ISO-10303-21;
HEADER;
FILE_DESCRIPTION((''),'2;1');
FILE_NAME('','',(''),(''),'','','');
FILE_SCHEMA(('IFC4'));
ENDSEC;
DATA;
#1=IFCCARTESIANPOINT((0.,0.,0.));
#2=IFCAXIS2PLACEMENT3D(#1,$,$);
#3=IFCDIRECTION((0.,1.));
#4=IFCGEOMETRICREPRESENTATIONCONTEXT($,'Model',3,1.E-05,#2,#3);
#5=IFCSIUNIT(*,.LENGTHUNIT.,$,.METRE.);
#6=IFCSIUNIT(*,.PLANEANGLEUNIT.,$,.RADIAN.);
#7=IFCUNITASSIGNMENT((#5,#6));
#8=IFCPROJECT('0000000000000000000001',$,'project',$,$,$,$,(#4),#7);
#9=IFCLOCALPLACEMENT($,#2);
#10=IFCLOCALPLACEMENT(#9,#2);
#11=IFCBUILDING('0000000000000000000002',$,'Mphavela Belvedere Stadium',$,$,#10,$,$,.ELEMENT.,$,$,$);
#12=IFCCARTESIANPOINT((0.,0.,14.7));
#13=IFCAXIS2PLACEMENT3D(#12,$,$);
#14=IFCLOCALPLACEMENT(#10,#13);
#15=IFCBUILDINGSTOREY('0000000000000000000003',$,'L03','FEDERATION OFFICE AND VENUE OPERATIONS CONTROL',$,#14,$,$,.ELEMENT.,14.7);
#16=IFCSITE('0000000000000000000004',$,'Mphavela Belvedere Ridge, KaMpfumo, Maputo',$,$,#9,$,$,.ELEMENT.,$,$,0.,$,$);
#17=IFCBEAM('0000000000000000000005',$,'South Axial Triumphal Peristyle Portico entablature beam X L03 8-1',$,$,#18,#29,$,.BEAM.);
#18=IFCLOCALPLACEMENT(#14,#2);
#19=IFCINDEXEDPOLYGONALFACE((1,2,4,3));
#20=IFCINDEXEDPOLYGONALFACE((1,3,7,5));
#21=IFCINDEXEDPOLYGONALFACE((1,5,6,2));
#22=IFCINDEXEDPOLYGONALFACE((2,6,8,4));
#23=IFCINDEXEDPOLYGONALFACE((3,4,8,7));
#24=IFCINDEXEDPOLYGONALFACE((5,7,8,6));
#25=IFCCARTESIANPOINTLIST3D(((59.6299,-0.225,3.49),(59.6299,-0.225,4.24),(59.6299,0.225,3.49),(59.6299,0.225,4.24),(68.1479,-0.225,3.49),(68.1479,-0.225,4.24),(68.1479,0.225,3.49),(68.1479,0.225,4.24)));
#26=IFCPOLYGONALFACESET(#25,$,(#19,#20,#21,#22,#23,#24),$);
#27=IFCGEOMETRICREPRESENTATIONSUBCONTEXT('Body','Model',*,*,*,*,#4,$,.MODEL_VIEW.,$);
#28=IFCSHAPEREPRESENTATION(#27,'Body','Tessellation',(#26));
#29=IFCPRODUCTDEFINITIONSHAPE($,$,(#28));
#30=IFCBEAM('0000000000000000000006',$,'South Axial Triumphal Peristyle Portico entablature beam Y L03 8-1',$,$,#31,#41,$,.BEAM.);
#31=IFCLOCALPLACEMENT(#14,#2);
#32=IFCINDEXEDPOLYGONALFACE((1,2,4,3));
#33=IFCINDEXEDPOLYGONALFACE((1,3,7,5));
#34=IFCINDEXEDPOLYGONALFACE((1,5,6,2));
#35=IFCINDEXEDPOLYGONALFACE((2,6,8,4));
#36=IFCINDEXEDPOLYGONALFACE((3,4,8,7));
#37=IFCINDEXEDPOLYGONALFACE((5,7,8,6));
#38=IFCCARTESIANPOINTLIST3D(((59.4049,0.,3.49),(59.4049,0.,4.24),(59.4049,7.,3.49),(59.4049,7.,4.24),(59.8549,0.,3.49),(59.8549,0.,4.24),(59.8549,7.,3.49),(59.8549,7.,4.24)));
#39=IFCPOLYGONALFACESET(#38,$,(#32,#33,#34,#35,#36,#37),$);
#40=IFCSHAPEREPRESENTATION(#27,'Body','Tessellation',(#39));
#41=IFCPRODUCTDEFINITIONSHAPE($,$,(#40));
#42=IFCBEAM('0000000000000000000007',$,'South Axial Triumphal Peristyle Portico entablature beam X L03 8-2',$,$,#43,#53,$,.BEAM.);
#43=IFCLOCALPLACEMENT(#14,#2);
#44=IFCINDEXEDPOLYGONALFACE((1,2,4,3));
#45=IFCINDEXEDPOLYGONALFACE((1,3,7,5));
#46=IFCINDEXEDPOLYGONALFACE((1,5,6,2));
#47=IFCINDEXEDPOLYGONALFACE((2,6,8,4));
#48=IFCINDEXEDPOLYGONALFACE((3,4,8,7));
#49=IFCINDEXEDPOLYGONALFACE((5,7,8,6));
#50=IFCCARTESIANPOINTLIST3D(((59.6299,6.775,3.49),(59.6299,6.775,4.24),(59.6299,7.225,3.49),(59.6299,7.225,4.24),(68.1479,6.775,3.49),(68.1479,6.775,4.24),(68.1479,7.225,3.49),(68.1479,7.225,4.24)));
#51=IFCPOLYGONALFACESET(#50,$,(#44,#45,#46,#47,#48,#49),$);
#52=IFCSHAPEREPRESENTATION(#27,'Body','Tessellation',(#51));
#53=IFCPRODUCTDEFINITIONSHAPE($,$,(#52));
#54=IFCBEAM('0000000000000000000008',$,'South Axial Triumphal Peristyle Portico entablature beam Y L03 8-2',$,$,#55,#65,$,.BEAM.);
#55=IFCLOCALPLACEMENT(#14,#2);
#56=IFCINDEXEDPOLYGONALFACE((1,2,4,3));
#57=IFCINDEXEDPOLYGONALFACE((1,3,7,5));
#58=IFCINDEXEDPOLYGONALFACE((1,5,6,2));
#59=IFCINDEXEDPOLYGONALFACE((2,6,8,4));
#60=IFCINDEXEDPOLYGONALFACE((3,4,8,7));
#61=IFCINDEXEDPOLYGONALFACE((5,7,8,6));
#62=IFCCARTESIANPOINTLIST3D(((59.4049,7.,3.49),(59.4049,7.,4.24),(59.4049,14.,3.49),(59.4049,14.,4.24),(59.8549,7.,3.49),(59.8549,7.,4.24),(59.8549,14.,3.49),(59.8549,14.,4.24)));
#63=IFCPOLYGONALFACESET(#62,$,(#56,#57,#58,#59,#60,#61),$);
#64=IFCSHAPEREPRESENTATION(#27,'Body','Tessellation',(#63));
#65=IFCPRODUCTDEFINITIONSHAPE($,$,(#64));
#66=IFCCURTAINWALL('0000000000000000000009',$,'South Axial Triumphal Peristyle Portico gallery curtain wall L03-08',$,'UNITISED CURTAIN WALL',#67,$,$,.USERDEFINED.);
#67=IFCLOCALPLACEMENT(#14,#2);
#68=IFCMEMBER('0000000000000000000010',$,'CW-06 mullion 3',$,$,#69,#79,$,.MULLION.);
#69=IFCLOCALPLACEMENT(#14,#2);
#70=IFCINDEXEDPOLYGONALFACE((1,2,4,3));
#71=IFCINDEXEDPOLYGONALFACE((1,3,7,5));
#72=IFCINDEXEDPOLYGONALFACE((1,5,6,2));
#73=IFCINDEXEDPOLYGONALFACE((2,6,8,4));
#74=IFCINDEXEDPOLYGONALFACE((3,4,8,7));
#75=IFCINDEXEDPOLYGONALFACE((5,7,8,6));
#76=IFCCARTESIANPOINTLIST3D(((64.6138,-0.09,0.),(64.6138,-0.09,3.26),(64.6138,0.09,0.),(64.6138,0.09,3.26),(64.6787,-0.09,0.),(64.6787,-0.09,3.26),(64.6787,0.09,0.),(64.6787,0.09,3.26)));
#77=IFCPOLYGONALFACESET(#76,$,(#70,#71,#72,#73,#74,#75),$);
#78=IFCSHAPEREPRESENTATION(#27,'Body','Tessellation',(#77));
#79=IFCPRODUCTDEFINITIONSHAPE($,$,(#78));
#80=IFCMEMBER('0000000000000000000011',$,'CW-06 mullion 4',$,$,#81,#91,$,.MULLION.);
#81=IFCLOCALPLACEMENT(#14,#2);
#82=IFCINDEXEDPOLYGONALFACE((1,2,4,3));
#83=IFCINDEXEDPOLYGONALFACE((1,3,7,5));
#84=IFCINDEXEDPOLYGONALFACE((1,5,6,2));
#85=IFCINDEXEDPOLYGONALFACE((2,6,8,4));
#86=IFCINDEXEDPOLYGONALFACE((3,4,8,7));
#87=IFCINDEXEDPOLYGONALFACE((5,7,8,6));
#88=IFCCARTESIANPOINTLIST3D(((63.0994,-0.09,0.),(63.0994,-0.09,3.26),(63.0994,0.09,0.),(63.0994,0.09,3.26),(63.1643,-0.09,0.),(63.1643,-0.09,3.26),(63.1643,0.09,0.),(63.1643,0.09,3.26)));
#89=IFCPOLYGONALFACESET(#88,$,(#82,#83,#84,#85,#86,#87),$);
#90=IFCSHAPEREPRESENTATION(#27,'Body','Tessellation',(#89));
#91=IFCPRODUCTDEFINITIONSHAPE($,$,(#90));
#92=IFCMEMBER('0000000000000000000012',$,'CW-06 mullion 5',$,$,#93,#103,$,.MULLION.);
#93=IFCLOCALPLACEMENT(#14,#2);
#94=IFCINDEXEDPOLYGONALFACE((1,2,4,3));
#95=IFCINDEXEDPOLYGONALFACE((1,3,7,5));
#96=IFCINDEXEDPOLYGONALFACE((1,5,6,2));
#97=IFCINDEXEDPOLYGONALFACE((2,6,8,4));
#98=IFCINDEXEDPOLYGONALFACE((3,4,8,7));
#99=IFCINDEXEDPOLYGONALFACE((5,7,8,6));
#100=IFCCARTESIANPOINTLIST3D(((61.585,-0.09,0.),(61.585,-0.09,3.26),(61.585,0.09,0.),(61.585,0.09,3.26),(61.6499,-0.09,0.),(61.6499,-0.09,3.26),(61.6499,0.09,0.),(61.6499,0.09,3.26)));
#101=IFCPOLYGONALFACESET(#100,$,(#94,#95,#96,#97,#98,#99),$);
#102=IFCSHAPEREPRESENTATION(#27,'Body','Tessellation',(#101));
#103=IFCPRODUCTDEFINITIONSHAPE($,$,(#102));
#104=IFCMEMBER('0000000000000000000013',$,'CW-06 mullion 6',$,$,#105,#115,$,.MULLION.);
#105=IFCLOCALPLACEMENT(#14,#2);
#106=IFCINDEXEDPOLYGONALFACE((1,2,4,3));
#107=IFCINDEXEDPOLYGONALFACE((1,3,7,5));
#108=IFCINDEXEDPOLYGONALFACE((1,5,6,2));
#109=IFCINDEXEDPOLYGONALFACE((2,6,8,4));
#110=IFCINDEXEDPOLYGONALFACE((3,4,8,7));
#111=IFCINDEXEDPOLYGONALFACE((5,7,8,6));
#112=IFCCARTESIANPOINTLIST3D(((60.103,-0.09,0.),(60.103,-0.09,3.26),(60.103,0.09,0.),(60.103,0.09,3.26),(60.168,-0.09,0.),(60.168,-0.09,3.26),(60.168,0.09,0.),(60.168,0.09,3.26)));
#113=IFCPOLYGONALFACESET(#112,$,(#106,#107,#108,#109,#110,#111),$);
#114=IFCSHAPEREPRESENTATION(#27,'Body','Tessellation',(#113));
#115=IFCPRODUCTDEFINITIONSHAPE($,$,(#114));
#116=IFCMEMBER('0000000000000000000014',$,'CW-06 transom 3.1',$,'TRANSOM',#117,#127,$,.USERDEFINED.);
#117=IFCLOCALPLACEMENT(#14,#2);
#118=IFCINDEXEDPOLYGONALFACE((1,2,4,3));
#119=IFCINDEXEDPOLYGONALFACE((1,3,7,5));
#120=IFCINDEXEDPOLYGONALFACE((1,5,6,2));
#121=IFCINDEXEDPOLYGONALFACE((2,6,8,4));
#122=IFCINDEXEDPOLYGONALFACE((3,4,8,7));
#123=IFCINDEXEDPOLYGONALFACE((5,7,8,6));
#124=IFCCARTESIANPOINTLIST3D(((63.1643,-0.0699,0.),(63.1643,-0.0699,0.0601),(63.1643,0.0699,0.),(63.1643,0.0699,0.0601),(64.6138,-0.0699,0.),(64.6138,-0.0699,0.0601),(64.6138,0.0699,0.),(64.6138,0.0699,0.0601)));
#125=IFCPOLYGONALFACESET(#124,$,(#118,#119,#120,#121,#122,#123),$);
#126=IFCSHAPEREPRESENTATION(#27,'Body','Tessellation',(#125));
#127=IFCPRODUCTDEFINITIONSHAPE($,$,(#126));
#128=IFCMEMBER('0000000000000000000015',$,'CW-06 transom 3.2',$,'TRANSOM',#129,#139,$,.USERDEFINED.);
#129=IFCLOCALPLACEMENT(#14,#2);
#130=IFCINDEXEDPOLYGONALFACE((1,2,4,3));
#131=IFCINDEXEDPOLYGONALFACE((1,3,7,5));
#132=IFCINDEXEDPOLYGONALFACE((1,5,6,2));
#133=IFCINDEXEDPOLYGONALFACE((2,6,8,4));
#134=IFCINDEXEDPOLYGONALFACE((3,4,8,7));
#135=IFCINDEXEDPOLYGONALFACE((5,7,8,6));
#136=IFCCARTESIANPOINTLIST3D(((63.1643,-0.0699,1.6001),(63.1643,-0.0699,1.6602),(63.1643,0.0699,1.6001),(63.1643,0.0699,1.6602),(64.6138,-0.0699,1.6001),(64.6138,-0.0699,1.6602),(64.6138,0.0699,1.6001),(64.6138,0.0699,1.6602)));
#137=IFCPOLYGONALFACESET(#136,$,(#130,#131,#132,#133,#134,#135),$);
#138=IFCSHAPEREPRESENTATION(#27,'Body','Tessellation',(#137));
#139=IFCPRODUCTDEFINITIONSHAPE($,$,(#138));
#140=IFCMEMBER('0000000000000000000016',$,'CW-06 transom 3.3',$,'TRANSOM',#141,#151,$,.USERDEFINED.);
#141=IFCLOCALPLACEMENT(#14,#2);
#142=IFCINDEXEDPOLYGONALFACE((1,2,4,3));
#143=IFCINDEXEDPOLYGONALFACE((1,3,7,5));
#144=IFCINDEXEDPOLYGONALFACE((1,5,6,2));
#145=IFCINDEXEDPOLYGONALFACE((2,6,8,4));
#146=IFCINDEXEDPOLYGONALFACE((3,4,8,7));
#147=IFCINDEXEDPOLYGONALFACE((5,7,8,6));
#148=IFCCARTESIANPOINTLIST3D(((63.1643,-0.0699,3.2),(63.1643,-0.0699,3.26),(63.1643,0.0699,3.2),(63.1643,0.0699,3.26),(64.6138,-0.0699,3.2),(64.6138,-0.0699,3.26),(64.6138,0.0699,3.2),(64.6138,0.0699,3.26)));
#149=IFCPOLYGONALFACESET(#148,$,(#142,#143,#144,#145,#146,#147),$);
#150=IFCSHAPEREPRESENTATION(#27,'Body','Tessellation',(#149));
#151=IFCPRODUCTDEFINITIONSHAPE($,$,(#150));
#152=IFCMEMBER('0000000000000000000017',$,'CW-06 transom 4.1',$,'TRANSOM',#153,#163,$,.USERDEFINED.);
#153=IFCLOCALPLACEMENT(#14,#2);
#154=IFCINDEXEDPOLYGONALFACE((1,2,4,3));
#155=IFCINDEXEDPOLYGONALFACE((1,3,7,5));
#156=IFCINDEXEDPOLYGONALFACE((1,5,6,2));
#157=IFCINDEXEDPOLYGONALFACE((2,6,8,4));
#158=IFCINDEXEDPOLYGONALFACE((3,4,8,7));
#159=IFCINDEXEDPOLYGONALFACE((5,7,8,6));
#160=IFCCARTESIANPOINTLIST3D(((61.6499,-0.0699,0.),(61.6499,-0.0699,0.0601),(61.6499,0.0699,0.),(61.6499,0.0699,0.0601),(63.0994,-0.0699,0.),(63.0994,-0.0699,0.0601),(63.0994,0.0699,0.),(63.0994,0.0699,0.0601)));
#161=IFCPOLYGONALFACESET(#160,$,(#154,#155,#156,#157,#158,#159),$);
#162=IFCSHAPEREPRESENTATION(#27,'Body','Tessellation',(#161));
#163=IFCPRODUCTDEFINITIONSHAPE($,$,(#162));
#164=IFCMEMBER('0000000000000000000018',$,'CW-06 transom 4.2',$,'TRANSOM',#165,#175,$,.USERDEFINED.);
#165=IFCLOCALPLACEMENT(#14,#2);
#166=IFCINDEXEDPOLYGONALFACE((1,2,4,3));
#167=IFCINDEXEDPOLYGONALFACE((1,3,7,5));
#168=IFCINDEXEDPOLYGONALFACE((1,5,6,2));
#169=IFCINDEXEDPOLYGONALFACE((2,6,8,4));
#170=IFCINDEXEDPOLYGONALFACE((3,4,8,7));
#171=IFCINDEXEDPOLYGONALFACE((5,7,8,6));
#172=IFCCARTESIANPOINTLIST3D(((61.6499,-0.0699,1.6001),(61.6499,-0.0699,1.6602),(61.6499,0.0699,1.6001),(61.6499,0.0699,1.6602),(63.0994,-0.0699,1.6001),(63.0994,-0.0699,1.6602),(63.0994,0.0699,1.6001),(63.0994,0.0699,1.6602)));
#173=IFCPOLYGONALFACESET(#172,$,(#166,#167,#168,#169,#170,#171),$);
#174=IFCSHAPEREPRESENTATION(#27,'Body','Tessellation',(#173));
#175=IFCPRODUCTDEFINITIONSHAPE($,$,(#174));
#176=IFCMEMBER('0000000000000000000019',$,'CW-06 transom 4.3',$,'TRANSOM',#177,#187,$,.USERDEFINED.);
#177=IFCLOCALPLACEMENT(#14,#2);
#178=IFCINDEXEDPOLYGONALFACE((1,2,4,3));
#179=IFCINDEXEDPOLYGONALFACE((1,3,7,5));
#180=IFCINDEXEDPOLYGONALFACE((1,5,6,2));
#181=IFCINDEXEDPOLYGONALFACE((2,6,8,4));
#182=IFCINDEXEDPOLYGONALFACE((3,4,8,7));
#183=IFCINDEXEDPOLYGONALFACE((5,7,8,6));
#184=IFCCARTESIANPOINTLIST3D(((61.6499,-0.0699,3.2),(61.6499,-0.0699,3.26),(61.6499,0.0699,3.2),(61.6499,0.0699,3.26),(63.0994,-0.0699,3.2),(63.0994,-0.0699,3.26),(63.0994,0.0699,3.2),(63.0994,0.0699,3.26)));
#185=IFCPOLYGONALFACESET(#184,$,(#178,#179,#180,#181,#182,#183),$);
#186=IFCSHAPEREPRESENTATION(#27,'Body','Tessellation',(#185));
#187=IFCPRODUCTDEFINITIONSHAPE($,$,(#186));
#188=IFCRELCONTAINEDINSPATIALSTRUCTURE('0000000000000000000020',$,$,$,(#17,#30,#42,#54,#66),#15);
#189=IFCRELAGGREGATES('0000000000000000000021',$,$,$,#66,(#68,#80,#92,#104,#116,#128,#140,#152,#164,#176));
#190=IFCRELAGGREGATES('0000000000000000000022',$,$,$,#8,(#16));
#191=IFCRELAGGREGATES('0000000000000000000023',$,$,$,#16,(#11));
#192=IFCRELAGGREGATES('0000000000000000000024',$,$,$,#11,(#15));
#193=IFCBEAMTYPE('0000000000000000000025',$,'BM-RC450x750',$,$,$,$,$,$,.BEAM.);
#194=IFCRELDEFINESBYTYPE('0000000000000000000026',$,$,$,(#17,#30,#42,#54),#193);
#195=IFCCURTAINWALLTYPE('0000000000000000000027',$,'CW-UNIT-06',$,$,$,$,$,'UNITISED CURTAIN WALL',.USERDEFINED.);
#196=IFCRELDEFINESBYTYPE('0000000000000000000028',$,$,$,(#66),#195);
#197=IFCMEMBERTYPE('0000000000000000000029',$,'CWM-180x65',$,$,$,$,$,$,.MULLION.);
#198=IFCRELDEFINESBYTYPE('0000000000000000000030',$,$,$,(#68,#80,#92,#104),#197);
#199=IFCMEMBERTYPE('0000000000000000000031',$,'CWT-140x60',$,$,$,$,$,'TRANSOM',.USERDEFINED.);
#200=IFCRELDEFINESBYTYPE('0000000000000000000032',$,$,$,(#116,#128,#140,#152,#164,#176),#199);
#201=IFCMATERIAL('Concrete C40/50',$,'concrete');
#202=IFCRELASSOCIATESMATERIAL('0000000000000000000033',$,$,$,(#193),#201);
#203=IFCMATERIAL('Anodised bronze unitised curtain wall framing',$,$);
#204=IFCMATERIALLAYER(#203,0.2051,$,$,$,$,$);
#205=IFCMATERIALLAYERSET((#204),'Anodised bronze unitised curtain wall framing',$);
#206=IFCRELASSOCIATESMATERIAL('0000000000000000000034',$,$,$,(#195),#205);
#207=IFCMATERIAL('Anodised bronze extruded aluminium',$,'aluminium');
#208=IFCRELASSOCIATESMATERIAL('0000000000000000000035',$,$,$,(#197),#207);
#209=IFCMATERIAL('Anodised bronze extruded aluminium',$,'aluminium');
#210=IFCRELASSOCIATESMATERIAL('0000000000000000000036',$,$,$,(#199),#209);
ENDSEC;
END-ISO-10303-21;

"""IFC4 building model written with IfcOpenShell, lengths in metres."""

from ifc_helpers import new_model, si_unit, direction, frame, origin, origin_2d, place, context, subcontext, project, spatial, rectangle, extrude, material, layer, layer_set, material_profile, profile_set, type_object, element, aggregate, save


model = new_model("IFC4")

# Units and contexts
model_context = context("Model", 3, precision=1e-05, world=origin(), true_north=direction((0.0, 1.0)))
body_context = subcontext(model_context, "Body", "Model", "MODEL_VIEW")
ifc_project = project(units=[si_unit("LENGTHUNIT", "METRE"), si_unit("PLANEANGLEUNIT", "RADIAN")], contexts=[model_context])

# Site, building, storey
site_placement = place(None, origin())
site = spatial("IfcSite", under=ifc_project, at=site_placement, Name="Mphavela Belvedere Ridge, KaMpfumo, Maputo", CompositionType="ELEMENT", RefElevation=0.0)
building_placement = place(site_placement, origin())
building = spatial("IfcBuilding", under=site, at=building_placement, Name="Mphavela Belvedere Stadium", CompositionType="ELEMENT")
storey_placement = place(building_placement, frame((0.0, 0.0, 14.7)))
storey = spatial("IfcBuildingStorey", under=building, at=storey_placement, Name="L03", Description="FEDERATION OFFICE AND VENUE OPERATIONS CONTROL", CompositionType="ELEMENT", Elevation=14.7)

# Beams
ifc_material_1 = material(Name="Concrete C40/50", Category="concrete")
ifc_material_profile_1 = material_profile(ifc_material_1, rectangle(XDim=0.45, YDim=0.75, at=origin_2d()), Name="RC 450x750")
ifc_profile_set_1 = profile_set([ifc_material_profile_1], Name="Concrete C40/50")
beam_type_1 = type_object("IfcBeamType", Name="BM-RC450x750", PredefinedType="BEAM", material=ifc_profile_set_1)
beam_1_placement = place(storey_placement, frame((59.6299, 0.0, 3.865), z_axis=(1.0, 0.0, 0.0), x_axis=(0.0, 1.0, 0.0)))
element("IfcBeam", 1, at=beam_1_placement, inside=storey, type_object=beam_type_1, Name="South Axial Triumphal Peristyle Portico entablature beam X L03 8-1", PredefinedType="BEAM", context=body_context, shape_type="SweptSolid", body=[
    extrude(rectangle(XDim=0.45, YDim=0.75, at=origin_2d()), origin(), (0.0, 0.0, 1.0), 8.5181),
])
beam_2_placement = place(storey_placement, frame((59.6299, 0.0, 3.865), z_axis=(0.0, 1.0, 0.0), x_axis=(-1.0, 0.0, 0.0)))
element("IfcBeam", 2, at=beam_2_placement, inside=storey, type_object=beam_type_1, Name="South Axial Triumphal Peristyle Portico entablature beam Y L03 8-1", PredefinedType="BEAM", context=body_context, shape_type="SweptSolid", body=[
    extrude(rectangle(XDim=0.45, YDim=0.75, at=origin_2d()), origin(), (0.0, 0.0, 1.0), 7.0),
])
beam_3_placement = place(storey_placement, frame((59.6299, 7.0, 3.865), z_axis=(1.0, 0.0, 0.0), x_axis=(0.0, 1.0, 0.0)))
element("IfcBeam", 3, at=beam_3_placement, inside=storey, type_object=beam_type_1, Name="South Axial Triumphal Peristyle Portico entablature beam X L03 8-2", PredefinedType="BEAM", context=body_context, shape_type="SweptSolid", body=[
    extrude(rectangle(XDim=0.45, YDim=0.75, at=origin_2d()), origin(), (0.0, 0.0, 1.0), 8.5181),
])
beam_4_placement = place(storey_placement, frame((59.6299, 7.0, 3.865), z_axis=(0.0, 1.0, 0.0), x_axis=(-1.0, 0.0, 0.0)))
element("IfcBeam", 4, at=beam_4_placement, inside=storey, type_object=beam_type_1, Name="South Axial Triumphal Peristyle Portico entablature beam Y L03 8-2", PredefinedType="BEAM", context=body_context, shape_type="SweptSolid", body=[
    extrude(rectangle(XDim=0.45, YDim=0.75, at=origin_2d()), origin(), (0.0, 0.0, 1.0), 7.0),
])

# Curtain wall, members
ifc_material_2 = material(Name="Anodised bronze unitised curtain wall framing")
ifc_layer_1 = layer(ifc_material_2, 0.2051)
ifc_layer_set_1 = layer_set([ifc_layer_1], Name="Anodised bronze unitised curtain wall framing")
curtain_wall_type = type_object("IfcCurtainWallType", Name="CW-UNIT-06", ElementType="UNITISED CURTAIN WALL", PredefinedType="USERDEFINED", material=ifc_layer_set_1)
curtain_wall_placement = place(storey_placement, origin())
curtain_wall = element("IfcCurtainWall", 5, at=curtain_wall_placement, inside=storey, type_object=curtain_wall_type, Name="South Axial Triumphal Peristyle Portico gallery curtain wall L03-08", ObjectType="UNITISED CURTAIN WALL", PredefinedType="USERDEFINED")
ifc_material_3 = material(Name="Anodised bronze extruded aluminium", Category="aluminium")
ifc_material_profile_2 = material_profile(ifc_material_3, rectangle(XDim=0.1799, YDim=0.0649, at=origin_2d()), Name="CW-MUL 180x65")
ifc_profile_set_2 = profile_set([ifc_material_profile_2], Name="Anodised bronze extruded aluminium")
member_type_1 = type_object("IfcMemberType", Name="CWM-180x65", PredefinedType="MULLION", material=ifc_profile_set_2)
member_1_placement = place(storey_placement, frame((64.6462, 0.0, 0.0), z_axis=(0.0, 0.0, 1.0), x_axis=(0.0, -1.0, 0.0)))
member_1 = element("IfcMember", 6, at=member_1_placement, type_object=member_type_1, Name="CW-06 mullion 3", PredefinedType="MULLION", context=body_context, shape_type="SweptSolid", body=[
    extrude(rectangle(XDim=0.1799, YDim=0.0649, at=origin_2d()), origin(), (0.0, 0.0, 1.0), 3.26),
])
member_2_placement = place(storey_placement, frame((63.1318, 0.0, 0.0), z_axis=(0.0, 0.0, 1.0), x_axis=(0.0, -1.0, 0.0)))
member_2 = element("IfcMember", 7, at=member_2_placement, type_object=member_type_1, Name="CW-06 mullion 4", PredefinedType="MULLION", context=body_context, shape_type="SweptSolid", body=[
    extrude(rectangle(XDim=0.1799, YDim=0.0649, at=origin_2d()), origin(), (0.0, 0.0, 1.0), 3.26),
])
member_3_placement = place(storey_placement, frame((61.6174, 0.0, 0.0), z_axis=(0.0, 0.0, 1.0), x_axis=(0.0, -1.0, 0.0)))
member_3 = element("IfcMember", 8, at=member_3_placement, type_object=member_type_1, Name="CW-06 mullion 5", PredefinedType="MULLION", context=body_context, shape_type="SweptSolid", body=[
    extrude(rectangle(XDim=0.1799, YDim=0.0649, at=origin_2d()), origin(), (0.0, 0.0, 1.0), 3.26),
])
member_4_placement = place(storey_placement, frame((60.1355, 0.0, 0.0), z_axis=(0.0, 0.0, 1.0), x_axis=(0.0, -1.0, 0.0)))
member_4 = element("IfcMember", 9, at=member_4_placement, type_object=member_type_1, Name="CW-06 mullion 6", PredefinedType="MULLION", context=body_context, shape_type="SweptSolid", body=[
    extrude(rectangle(XDim=0.1799, YDim=0.0649, at=origin_2d()), origin(), (0.0, 0.0, 1.0), 3.26),
])
ifc_material_4 = material(Name="Anodised bronze extruded aluminium", Category="aluminium")
ifc_material_profile_3 = material_profile(ifc_material_4, rectangle(XDim=0.1399, YDim=0.0601, at=origin_2d()), Name="CW-TRN 140x60")
ifc_profile_set_3 = profile_set([ifc_material_profile_3], Name="Anodised bronze extruded aluminium")
member_type_2 = type_object("IfcMemberType", Name="CWT-140x60", ElementType="TRANSOM", PredefinedType="USERDEFINED", material=ifc_profile_set_3)
member_5_placement = place(storey_placement, frame((64.6138, 0.0, 0.03), z_axis=(-1.0, 0.0, 0.0), x_axis=(0.0, -1.0, 0.0)))
member_5 = element("IfcMember", 10, at=member_5_placement, type_object=member_type_2, Name="CW-06 transom 3.1", ObjectType="TRANSOM", PredefinedType="USERDEFINED", context=body_context, shape_type="SweptSolid", body=[
    extrude(rectangle(XDim=0.1399, YDim=0.0601, at=origin_2d()), origin(), (0.0, 0.0, 1.0), 1.4495),
])
member_6_placement = place(storey_placement, frame((64.6138, 0.0, 1.6301), z_axis=(-1.0, 0.0, 0.0), x_axis=(0.0, -1.0, 0.0)))
member_6 = element("IfcMember", 11, at=member_6_placement, type_object=member_type_2, Name="CW-06 transom 3.2", ObjectType="TRANSOM", PredefinedType="USERDEFINED", context=body_context, shape_type="SweptSolid", body=[
    extrude(rectangle(XDim=0.1399, YDim=0.0601, at=origin_2d()), origin(), (0.0, 0.0, 1.0), 1.4495),
])
member_7_placement = place(storey_placement, frame((64.6138, 0.0, 3.23), z_axis=(-1.0, 0.0, 0.0), x_axis=(0.0, -1.0, 0.0)))
member_7 = element("IfcMember", 12, at=member_7_placement, type_object=member_type_2, Name="CW-06 transom 3.3", ObjectType="TRANSOM", PredefinedType="USERDEFINED", context=body_context, shape_type="SweptSolid", body=[
    extrude(rectangle(XDim=0.1399, YDim=0.0601, at=origin_2d()), origin(), (0.0, 0.0, 1.0), 1.4495),
])
member_8_placement = place(storey_placement, frame((63.0994, 0.0, 0.03), z_axis=(-1.0, 0.0, 0.0), x_axis=(0.0, -1.0, 0.0)))
member_8 = element("IfcMember", 13, at=member_8_placement, type_object=member_type_2, Name="CW-06 transom 4.1", ObjectType="TRANSOM", PredefinedType="USERDEFINED", context=body_context, shape_type="SweptSolid", body=[
    extrude(rectangle(XDim=0.1399, YDim=0.0601, at=origin_2d()), origin(), (0.0, 0.0, 1.0), 1.4495),
])
member_9_placement = place(storey_placement, frame((63.0994, 0.0, 1.6301), z_axis=(-1.0, 0.0, 0.0), x_axis=(0.0, -1.0, 0.0)))
member_9 = element("IfcMember", 14, at=member_9_placement, type_object=member_type_2, Name="CW-06 transom 4.2", ObjectType="TRANSOM", PredefinedType="USERDEFINED", context=body_context, shape_type="SweptSolid", body=[
    extrude(rectangle(XDim=0.1399, YDim=0.0601, at=origin_2d()), origin(), (0.0, 0.0, 1.0), 1.4495),
])
member_10_placement = place(storey_placement, frame((63.0994, 0.0, 3.23), z_axis=(-1.0, 0.0, 0.0), x_axis=(0.0, -1.0, 0.0)))
member_10 = element("IfcMember", 15, at=member_10_placement, type_object=member_type_2, Name="CW-06 transom 4.3", ObjectType="TRANSOM", PredefinedType="USERDEFINED", context=body_context, shape_type="SweptSolid", body=[
    extrude(rectangle(XDim=0.1399, YDim=0.0601, at=origin_2d()), origin(), (0.0, 0.0, 1.0), 1.4495),
])
aggregate(curtain_wall, [member_1, member_2, member_3, member_4, member_5, member_6, member_7, member_8, member_9, member_10])

save(model, "model.ifc")
